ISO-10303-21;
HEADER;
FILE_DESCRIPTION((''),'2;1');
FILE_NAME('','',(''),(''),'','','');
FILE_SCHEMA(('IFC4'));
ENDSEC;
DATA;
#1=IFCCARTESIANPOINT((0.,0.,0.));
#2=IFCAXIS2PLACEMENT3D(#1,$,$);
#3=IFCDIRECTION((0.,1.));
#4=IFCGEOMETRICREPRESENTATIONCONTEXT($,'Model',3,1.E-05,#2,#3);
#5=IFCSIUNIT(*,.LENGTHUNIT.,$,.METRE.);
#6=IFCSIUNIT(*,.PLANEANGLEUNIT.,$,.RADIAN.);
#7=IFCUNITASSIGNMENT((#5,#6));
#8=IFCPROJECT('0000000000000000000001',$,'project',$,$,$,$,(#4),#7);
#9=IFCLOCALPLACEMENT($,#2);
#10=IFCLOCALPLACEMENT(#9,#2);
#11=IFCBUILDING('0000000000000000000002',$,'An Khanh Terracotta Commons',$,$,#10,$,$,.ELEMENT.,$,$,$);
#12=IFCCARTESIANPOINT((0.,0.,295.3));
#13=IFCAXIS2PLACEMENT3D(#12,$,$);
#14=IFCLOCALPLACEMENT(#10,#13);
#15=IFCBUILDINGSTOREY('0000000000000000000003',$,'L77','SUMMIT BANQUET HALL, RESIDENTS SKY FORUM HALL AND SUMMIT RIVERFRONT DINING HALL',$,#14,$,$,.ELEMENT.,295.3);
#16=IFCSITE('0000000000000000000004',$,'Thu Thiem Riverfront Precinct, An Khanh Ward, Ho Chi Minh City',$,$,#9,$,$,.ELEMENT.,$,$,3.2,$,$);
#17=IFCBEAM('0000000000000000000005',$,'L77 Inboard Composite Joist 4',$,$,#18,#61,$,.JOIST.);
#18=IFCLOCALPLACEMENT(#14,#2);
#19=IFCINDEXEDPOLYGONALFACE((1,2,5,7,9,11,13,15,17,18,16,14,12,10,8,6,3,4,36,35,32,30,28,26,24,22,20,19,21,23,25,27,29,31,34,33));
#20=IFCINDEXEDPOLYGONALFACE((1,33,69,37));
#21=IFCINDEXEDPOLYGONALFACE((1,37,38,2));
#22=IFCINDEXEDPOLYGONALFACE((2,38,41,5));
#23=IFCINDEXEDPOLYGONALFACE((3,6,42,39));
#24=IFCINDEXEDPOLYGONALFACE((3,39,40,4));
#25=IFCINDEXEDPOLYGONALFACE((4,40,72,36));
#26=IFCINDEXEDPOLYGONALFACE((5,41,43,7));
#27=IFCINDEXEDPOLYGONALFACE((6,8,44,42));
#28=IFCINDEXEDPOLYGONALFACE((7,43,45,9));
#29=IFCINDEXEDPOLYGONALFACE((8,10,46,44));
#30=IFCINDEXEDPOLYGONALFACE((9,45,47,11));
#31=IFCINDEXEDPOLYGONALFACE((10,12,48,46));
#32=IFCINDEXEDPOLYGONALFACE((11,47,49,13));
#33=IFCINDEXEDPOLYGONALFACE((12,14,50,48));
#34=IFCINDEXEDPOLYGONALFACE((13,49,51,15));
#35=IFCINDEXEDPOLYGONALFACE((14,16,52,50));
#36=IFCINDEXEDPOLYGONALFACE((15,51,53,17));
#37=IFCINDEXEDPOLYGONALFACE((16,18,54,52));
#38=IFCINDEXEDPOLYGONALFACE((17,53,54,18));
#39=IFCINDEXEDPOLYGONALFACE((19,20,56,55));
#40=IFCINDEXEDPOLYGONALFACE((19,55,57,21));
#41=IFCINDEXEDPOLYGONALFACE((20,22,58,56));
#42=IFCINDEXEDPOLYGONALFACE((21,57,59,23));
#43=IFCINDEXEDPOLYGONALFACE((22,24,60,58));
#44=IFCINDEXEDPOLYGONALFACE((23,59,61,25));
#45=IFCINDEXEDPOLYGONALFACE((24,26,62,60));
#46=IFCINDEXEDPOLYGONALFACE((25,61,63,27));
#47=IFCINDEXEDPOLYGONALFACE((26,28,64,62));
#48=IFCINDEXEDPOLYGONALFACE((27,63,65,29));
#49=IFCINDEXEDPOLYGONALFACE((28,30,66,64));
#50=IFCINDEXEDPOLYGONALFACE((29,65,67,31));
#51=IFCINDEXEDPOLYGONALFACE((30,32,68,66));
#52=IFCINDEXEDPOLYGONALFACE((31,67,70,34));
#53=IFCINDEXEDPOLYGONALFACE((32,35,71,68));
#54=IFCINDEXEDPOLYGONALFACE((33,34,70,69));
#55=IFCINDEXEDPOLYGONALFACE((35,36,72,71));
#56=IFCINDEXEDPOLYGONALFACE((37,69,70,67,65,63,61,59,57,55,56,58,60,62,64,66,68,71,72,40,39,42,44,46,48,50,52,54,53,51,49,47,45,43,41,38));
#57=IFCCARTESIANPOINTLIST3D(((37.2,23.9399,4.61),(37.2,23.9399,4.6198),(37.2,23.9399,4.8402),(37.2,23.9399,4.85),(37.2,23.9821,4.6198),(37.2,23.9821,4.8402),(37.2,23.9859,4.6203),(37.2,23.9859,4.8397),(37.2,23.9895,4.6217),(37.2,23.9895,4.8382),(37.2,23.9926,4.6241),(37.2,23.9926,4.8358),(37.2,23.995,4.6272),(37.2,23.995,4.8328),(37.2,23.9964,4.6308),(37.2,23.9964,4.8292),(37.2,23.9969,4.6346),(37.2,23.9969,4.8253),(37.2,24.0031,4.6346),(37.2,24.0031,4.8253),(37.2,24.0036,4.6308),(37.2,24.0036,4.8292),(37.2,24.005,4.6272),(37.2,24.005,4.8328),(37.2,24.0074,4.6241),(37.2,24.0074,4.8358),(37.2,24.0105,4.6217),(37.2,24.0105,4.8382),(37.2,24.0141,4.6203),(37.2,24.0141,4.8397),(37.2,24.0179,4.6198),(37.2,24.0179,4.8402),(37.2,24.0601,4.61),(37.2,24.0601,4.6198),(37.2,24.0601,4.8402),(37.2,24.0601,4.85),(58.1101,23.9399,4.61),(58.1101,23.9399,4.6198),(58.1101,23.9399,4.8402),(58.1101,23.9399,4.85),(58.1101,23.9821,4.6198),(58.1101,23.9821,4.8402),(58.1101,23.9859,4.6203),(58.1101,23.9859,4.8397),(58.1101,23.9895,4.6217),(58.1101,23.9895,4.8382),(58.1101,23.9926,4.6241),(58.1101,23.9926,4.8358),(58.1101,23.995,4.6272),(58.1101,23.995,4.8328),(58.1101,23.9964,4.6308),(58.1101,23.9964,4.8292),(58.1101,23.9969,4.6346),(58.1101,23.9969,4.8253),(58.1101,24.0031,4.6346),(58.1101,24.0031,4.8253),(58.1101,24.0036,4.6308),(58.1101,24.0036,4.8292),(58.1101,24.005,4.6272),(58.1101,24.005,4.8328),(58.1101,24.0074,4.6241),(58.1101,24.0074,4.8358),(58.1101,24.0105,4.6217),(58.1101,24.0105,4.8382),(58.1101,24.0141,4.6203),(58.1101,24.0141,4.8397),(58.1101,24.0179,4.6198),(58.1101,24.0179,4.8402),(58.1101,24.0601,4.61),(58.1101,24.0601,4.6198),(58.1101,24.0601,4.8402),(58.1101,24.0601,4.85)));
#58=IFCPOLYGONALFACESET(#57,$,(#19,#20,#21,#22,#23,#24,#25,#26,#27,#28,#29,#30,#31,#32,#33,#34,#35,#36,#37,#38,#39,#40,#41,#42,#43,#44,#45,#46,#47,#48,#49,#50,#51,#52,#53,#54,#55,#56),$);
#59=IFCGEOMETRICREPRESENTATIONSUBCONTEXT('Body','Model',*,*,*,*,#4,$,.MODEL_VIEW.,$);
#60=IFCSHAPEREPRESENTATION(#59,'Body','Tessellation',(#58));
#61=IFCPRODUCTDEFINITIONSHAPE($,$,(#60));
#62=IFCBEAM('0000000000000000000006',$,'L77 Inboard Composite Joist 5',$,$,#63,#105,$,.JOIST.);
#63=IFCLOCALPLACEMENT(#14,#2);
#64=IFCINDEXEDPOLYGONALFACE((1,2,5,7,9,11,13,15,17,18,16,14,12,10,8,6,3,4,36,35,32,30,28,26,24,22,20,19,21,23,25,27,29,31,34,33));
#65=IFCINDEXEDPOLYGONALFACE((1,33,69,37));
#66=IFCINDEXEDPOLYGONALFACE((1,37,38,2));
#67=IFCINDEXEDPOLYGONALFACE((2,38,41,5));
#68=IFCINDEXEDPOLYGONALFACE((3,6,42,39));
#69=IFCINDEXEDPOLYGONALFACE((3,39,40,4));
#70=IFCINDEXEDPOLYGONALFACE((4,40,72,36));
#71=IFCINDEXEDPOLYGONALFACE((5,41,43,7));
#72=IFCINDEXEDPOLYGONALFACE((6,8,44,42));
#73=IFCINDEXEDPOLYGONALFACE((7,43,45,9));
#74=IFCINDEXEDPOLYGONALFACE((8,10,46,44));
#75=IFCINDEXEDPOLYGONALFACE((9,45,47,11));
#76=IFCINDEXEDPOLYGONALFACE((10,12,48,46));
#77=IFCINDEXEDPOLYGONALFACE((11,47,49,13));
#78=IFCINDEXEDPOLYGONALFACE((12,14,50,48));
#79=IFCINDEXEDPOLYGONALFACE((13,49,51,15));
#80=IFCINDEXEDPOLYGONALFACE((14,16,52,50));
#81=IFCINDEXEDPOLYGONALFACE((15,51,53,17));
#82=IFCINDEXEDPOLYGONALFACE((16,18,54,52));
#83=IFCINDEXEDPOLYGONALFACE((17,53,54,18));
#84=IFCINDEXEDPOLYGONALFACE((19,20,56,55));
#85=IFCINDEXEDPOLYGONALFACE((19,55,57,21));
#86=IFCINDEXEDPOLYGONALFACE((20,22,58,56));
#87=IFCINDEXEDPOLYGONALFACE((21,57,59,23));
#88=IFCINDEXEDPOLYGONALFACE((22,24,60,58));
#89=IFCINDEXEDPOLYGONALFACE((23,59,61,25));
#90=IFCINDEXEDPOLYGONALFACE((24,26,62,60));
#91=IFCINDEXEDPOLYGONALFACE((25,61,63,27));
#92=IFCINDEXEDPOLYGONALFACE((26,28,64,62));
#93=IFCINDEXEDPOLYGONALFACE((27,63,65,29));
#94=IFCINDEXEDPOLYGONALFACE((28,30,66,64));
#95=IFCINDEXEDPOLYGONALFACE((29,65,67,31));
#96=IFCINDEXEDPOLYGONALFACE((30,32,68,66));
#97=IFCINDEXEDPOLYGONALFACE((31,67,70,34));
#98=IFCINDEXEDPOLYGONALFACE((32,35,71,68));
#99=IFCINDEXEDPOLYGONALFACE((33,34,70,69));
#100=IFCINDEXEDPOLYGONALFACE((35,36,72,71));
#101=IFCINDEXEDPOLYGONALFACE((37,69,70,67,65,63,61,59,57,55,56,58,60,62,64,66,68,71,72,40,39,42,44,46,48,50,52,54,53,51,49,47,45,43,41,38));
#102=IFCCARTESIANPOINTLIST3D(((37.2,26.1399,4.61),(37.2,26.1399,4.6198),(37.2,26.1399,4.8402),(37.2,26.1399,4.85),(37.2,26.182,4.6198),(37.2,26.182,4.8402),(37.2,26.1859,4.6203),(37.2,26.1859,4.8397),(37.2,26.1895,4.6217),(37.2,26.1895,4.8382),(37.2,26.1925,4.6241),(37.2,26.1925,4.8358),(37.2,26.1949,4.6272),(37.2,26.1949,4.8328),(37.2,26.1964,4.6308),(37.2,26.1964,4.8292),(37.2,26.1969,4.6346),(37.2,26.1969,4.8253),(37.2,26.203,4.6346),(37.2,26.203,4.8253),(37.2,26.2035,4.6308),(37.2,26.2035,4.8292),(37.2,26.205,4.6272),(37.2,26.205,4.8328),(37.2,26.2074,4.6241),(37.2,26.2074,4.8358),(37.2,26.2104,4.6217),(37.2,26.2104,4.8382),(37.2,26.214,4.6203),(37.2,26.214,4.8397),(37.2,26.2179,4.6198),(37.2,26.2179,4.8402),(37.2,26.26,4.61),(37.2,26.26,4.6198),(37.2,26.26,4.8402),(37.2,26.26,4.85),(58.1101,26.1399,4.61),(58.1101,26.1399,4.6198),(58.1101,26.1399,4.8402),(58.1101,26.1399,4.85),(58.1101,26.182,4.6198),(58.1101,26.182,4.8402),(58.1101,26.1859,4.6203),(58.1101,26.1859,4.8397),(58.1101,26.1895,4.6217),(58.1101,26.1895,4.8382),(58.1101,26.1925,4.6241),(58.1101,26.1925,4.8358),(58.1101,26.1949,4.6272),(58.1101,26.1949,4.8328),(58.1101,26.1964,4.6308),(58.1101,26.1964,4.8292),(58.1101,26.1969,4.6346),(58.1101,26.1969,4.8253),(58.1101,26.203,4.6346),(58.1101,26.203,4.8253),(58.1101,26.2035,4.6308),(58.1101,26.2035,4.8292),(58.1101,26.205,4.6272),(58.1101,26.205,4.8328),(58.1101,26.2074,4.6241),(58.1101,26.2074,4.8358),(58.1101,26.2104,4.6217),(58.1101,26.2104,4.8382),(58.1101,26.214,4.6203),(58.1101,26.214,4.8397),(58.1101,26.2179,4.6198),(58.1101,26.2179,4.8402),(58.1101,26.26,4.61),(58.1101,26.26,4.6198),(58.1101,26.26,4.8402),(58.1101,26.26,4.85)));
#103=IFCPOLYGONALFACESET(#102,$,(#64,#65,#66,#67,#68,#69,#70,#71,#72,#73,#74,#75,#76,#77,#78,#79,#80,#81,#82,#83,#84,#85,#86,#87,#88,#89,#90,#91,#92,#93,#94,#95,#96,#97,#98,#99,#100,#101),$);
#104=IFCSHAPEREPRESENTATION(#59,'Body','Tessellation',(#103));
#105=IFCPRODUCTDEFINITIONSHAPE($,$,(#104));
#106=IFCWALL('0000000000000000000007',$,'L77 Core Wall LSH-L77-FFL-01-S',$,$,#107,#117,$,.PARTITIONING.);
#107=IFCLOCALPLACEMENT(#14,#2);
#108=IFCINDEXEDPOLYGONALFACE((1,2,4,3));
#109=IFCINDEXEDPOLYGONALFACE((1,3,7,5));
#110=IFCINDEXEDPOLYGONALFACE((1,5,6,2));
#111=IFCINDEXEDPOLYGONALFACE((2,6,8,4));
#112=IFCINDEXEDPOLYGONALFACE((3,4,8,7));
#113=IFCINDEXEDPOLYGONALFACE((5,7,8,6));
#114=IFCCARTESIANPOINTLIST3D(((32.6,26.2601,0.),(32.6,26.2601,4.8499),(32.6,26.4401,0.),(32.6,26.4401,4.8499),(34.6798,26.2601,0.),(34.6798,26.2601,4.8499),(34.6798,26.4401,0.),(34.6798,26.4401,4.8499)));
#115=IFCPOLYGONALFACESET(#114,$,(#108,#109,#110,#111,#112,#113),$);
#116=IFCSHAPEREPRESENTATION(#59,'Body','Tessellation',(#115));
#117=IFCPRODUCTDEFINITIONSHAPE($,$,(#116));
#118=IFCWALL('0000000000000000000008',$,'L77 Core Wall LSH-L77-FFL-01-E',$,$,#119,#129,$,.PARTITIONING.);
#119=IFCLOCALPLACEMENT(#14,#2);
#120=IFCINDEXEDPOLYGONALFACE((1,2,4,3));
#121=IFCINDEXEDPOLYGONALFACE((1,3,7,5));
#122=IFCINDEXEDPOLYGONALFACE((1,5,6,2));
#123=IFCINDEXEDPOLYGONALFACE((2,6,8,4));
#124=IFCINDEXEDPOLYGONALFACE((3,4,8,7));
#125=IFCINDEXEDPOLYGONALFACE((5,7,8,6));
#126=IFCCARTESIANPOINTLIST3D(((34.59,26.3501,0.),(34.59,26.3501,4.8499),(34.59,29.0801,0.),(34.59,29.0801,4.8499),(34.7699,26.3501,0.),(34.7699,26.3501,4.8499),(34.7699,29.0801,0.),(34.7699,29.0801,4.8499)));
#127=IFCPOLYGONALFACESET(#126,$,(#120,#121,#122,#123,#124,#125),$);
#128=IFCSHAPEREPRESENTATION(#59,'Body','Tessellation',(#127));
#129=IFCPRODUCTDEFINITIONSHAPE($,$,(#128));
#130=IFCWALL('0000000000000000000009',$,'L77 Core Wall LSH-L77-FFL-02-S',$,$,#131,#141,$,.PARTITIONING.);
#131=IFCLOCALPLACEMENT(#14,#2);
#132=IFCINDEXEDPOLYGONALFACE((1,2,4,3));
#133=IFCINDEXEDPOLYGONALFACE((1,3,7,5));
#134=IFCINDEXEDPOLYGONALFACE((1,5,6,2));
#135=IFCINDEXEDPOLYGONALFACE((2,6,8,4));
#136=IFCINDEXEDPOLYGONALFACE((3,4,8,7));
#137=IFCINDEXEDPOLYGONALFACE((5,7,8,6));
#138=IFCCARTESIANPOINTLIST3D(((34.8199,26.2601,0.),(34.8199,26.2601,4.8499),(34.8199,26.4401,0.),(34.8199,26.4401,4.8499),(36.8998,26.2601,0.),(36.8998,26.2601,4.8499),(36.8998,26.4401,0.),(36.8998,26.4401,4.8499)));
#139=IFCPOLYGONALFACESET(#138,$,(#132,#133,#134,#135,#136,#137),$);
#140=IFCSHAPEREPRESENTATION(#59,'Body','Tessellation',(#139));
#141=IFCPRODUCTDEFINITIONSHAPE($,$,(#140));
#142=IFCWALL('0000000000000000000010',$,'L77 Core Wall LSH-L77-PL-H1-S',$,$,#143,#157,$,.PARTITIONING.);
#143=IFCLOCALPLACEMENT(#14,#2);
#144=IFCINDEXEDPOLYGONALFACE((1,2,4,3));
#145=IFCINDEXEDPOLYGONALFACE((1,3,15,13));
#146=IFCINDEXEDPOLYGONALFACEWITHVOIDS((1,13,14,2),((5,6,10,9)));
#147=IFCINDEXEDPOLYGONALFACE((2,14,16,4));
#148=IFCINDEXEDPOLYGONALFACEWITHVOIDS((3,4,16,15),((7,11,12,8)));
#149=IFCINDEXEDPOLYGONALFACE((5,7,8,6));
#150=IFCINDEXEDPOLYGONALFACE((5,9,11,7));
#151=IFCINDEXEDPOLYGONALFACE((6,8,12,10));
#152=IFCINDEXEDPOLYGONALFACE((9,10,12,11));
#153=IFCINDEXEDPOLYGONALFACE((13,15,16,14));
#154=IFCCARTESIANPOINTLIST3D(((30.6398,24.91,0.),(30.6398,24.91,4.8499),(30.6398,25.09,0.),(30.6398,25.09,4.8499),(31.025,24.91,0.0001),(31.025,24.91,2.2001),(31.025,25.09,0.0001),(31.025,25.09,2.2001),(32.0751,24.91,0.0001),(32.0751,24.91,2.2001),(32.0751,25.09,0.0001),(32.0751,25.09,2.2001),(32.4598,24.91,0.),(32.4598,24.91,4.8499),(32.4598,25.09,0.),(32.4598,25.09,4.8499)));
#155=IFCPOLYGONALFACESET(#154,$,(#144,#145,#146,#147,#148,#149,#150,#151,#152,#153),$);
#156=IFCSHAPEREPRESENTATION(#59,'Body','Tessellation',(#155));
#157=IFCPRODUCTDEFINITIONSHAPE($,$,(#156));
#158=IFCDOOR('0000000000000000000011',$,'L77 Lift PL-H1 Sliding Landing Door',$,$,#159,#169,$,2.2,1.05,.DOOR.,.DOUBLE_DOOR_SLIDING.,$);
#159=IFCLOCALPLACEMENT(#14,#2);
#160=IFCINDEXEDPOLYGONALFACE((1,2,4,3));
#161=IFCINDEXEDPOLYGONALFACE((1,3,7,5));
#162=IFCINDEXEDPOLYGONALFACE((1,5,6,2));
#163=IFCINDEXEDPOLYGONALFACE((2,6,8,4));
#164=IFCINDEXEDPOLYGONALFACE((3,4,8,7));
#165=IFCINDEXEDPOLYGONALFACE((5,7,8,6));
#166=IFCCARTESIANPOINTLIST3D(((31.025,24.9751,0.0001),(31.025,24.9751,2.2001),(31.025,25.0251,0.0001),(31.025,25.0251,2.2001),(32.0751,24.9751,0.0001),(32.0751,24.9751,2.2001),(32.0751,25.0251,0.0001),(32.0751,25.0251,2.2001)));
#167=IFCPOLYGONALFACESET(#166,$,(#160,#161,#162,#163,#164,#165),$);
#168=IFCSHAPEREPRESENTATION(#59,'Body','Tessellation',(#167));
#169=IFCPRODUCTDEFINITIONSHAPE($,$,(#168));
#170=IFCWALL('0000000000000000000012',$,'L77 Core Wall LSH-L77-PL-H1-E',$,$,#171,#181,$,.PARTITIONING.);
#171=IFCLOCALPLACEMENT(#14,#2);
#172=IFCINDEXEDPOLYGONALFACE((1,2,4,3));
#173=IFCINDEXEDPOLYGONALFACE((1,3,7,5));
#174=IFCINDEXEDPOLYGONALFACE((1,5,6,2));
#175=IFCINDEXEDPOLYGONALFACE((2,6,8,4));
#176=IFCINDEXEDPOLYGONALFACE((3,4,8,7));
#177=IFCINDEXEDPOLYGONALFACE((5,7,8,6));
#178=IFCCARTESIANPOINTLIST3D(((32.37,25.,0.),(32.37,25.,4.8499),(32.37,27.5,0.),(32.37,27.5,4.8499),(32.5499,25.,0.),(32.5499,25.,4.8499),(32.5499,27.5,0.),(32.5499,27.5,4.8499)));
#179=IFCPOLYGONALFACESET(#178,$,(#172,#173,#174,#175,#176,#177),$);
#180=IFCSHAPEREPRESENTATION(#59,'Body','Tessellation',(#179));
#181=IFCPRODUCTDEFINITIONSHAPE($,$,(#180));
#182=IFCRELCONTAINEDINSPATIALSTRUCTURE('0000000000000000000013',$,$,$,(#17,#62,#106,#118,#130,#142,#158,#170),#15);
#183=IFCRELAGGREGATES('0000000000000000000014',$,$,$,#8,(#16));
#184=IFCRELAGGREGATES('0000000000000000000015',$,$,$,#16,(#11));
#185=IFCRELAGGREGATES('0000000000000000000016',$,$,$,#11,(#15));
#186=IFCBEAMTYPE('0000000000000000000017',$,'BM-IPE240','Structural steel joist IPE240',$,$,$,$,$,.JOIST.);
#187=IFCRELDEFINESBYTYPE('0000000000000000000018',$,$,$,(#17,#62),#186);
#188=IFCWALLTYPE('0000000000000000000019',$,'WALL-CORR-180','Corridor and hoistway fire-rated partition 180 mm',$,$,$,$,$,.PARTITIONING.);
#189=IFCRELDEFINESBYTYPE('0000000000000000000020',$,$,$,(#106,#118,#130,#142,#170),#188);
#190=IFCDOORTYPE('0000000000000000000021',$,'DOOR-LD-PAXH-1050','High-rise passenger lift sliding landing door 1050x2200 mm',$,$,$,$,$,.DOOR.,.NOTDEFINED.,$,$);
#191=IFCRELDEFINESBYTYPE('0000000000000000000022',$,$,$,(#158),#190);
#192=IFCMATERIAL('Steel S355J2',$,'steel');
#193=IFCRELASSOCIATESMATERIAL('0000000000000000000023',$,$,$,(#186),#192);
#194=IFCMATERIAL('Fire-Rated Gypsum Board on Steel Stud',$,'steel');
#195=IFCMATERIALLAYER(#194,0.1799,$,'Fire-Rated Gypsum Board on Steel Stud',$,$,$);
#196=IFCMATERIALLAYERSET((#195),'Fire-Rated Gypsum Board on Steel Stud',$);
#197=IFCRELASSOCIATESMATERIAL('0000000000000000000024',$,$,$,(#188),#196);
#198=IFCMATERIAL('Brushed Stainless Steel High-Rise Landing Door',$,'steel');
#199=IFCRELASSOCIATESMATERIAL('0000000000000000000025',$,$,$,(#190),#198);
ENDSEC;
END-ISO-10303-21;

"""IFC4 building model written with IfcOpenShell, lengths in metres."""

from ifc_helpers import new_model, si_unit, direction, frame, frame_2d, origin, origin_2d, place, context, subcontext, project, spatial, rectangle, i_section, extrude, material, layer, layer_set, material_profile, profile_set, type_object, element, fill, save


model = new_model("IFC4")

# Units and contexts
model_context = context("Model", 3, precision=1e-05, world=origin(), true_north=direction((0.0, 1.0)))
body_context = subcontext(model_context, "Body", "Model", "MODEL_VIEW")
ifc_project = project(units=[si_unit("LENGTHUNIT", "METRE"), si_unit("PLANEANGLEUNIT", "RADIAN")], contexts=[model_context])

# Site, building, storey
site_placement = place(None, origin())
site = spatial("IfcSite", under=ifc_project, at=site_placement, Name="Thu Thiem Riverfront Precinct, An Khanh Ward, Ho Chi Minh City", CompositionType="ELEMENT", RefElevation=3.2)
building_placement = place(site_placement, origin())
building = spatial("IfcBuilding", under=site, at=building_placement, Name="An Khanh Terracotta Commons", CompositionType="ELEMENT")
storey_placement = place(building_placement, frame((0.0, 0.0, 295.3)))
storey = spatial("IfcBuildingStorey", under=building, at=storey_placement, Name="L77", Description="SUMMIT BANQUET HALL, RESIDENTS SKY FORUM HALL AND SUMMIT RIVERFRONT DINING HALL", CompositionType="ELEMENT", Elevation=295.3)

# Beams
ifc_material_1 = material(Name="Steel S355J2", Category="steel")
ifc_material_profile_1 = material_profile(ifc_material_1, i_section(OverallWidth=0.1201, OverallDepth=0.24, WebThickness=0.0061, FlangeThickness=0.0098, FilletRadius=0.0149, at=origin_2d()), Name="IPE240")
ifc_profile_set_1 = profile_set([ifc_material_profile_1], Name="Steel S355J2")
beam_type_1 = type_object("IfcBeamType", Name="BM-IPE240", Description="Structural steel joist IPE240", PredefinedType="JOIST", material=ifc_profile_set_1)
for number, where, z_axis, x_axis, name in (
    (1, (37.2, 24.0, 4.73), (1.0, 0.0, 0.0), (0.0, 1.0, 0.0), "L77 Inboard Composite Joist 4"),
    (2, (37.2, 26.2, 4.73), (1.0, 0.0, 0.0), (0.0, 1.0, 0.0), "L77 Inboard Composite Joist 5"),
):
    element("IfcBeam", number, at=place(storey_placement, frame(where, z_axis=z_axis, x_axis=x_axis)), inside=storey, type_object=beam_type_1, Name=name, PredefinedType="JOIST", context=body_context, shape_type="SweptSolid", body=[
        extrude(i_section(OverallWidth=0.1201, OverallDepth=0.24, WebThickness=0.0061, FlangeThickness=0.0098, FilletRadius=0.0149, at=origin_2d()), origin(), (0.0, 0.0, 1.0), 20.9102),
    ])

# Walls
ifc_material_2 = material(Name="Fire-Rated Gypsum Board on Steel Stud", Category="steel")
ifc_layer = layer(ifc_material_2, 0.1799, Name="Fire-Rated Gypsum Board on Steel Stud")
ifc_layer_set = layer_set([ifc_layer], Name="Fire-Rated Gypsum Board on Steel Stud")
wall_type = type_object("IfcWallType", Name="WALL-CORR-180", Description="Corridor and hoistway fire-rated partition 180 mm", PredefinedType="PARTITIONING", material=ifc_layer_set)
wall_1_placement = place(storey_placement, frame((34.6799, 26.3501, 0.0), z_axis=(0.0, 0.0, 1.0), x_axis=(-1.0, 0.0, 0.0)))
element("IfcWall", 3, at=wall_1_placement, inside=storey, type_object=wall_type, Name="L77 Core Wall LSH-L77-FFL-01-S", PredefinedType="PARTITIONING", context=body_context, shape_type="SweptSolid", body=[
    extrude(rectangle(XDim=2.0798, YDim=0.1799, at=frame_2d((1.04, 0.0))), origin(), (0.0, 0.0, 1.0), 4.8499),
])
wall_2_placement = place(storey_placement, frame((34.6799, 26.3501, 0.0), z_axis=(0.0, 0.0, 1.0), x_axis=(0.0, 1.0, 0.0)))
element("IfcWall", 4, at=wall_2_placement, inside=storey, type_object=wall_type, Name="L77 Core Wall LSH-L77-FFL-01-E", PredefinedType="PARTITIONING", context=body_context, shape_type="SweptSolid", body=[
    extrude(rectangle(XDim=2.73, YDim=0.1799, at=frame_2d((1.365, 0.0))), origin(), (0.0, 0.0, 1.0), 4.8499),
])
wall_3_placement = place(storey_placement, frame((36.8999, 26.3501, 0.0), z_axis=(0.0, 0.0, 1.0), x_axis=(-1.0, 0.0, 0.0)))
element("IfcWall", 5, at=wall_3_placement, inside=storey, type_object=wall_type, Name="L77 Core Wall LSH-L77-FFL-02-S", PredefinedType="PARTITIONING", context=body_context, shape_type="SweptSolid", body=[
    extrude(rectangle(XDim=2.0798, YDim=0.1799, at=frame_2d((1.04, 0.0))), origin(), (0.0, 0.0, 1.0), 4.8499),
])

# Wall, opening, door
wall_4_placement = place(storey_placement, frame((32.46, 25.0, 0.0), z_axis=(0.0, 0.0, 1.0), x_axis=(-1.0, 0.0, 0.0)))
wall_4 = element("IfcWall", 6, at=wall_4_placement, inside=storey, type_object=wall_type, Name="L77 Core Wall LSH-L77-PL-H1-S", PredefinedType="PARTITIONING", context=body_context, shape_type="SweptSolid", body=[
    extrude(rectangle(XDim=1.8201, YDim=0.1799, at=frame_2d((0.9102, 0.0))), origin(), (0.0, 0.0, 1.0), 4.8499),
])
opening_1_placement = place(wall_4_placement, frame((0.385, 0.0, 0.0)))
opening_1 = element("IfcOpeningElement", 7, at=opening_1_placement, cuts=wall_4, PredefinedType="OPENING", context=body_context, shape_type="SweptSolid", body=[
    extrude(rectangle(XDim=1.05, YDim=2.2, at=frame_2d((0.5249, 1.1001))), frame((0.0, 0.0999, 0.0), z_axis=(0.0, -1.0, 0.0), x_axis=(1.0, 0.0, 0.0)), (0.0, 0.0, 1.0), 0.2),
])
ifc_material_3 = material(Name="Brushed Stainless Steel High-Rise Landing Door", Category="steel")
door_type = type_object("IfcDoorType", Name="DOOR-LD-PAXH-1050", Description="High-rise passenger lift sliding landing door 1050x2200 mm", OperationType="NOTDEFINED", PredefinedType="DOOR", material=ifc_material_3)
door_1_placement = place(opening_1_placement, origin())
door_1 = element("IfcDoor", 8, at=door_1_placement, inside=storey, type_object=door_type, Name="L77 Lift PL-H1 Sliding Landing Door", OperationType="DOUBLE_DOOR_SLIDING", OverallHeight=2.2, OverallWidth=1.05, PredefinedType="DOOR", context=body_context, shape_type="SweptSolid", body=[
    extrude(rectangle(XDim=1.05, YDim=2.2, at=frame_2d((0.5249, 1.1001))), frame((0.0, 0.0249, 0.0), z_axis=(0.0, -1.0, 0.0), x_axis=(1.0, 0.0, 0.0)), (0.0, 0.0, 1.0), 0.05),
])
fill(opening_1, door_1)

# Wall
wall_5_placement = place(storey_placement, frame((32.46, 25.0, 0.0), z_axis=(0.0, 0.0, 1.0), x_axis=(0.0, 1.0, 0.0)))
element("IfcWall", 9, at=wall_5_placement, inside=storey, type_object=wall_type, Name="L77 Core Wall LSH-L77-PL-H1-E", PredefinedType="PARTITIONING", context=body_context, shape_type="SweptSolid", body=[
    extrude(rectangle(XDim=2.5, YDim=0.1799, at=frame_2d((1.25, 0.0))), origin(), (0.0, 0.0, 1.0), 4.8499),
])

save(model, "model.ifc")
